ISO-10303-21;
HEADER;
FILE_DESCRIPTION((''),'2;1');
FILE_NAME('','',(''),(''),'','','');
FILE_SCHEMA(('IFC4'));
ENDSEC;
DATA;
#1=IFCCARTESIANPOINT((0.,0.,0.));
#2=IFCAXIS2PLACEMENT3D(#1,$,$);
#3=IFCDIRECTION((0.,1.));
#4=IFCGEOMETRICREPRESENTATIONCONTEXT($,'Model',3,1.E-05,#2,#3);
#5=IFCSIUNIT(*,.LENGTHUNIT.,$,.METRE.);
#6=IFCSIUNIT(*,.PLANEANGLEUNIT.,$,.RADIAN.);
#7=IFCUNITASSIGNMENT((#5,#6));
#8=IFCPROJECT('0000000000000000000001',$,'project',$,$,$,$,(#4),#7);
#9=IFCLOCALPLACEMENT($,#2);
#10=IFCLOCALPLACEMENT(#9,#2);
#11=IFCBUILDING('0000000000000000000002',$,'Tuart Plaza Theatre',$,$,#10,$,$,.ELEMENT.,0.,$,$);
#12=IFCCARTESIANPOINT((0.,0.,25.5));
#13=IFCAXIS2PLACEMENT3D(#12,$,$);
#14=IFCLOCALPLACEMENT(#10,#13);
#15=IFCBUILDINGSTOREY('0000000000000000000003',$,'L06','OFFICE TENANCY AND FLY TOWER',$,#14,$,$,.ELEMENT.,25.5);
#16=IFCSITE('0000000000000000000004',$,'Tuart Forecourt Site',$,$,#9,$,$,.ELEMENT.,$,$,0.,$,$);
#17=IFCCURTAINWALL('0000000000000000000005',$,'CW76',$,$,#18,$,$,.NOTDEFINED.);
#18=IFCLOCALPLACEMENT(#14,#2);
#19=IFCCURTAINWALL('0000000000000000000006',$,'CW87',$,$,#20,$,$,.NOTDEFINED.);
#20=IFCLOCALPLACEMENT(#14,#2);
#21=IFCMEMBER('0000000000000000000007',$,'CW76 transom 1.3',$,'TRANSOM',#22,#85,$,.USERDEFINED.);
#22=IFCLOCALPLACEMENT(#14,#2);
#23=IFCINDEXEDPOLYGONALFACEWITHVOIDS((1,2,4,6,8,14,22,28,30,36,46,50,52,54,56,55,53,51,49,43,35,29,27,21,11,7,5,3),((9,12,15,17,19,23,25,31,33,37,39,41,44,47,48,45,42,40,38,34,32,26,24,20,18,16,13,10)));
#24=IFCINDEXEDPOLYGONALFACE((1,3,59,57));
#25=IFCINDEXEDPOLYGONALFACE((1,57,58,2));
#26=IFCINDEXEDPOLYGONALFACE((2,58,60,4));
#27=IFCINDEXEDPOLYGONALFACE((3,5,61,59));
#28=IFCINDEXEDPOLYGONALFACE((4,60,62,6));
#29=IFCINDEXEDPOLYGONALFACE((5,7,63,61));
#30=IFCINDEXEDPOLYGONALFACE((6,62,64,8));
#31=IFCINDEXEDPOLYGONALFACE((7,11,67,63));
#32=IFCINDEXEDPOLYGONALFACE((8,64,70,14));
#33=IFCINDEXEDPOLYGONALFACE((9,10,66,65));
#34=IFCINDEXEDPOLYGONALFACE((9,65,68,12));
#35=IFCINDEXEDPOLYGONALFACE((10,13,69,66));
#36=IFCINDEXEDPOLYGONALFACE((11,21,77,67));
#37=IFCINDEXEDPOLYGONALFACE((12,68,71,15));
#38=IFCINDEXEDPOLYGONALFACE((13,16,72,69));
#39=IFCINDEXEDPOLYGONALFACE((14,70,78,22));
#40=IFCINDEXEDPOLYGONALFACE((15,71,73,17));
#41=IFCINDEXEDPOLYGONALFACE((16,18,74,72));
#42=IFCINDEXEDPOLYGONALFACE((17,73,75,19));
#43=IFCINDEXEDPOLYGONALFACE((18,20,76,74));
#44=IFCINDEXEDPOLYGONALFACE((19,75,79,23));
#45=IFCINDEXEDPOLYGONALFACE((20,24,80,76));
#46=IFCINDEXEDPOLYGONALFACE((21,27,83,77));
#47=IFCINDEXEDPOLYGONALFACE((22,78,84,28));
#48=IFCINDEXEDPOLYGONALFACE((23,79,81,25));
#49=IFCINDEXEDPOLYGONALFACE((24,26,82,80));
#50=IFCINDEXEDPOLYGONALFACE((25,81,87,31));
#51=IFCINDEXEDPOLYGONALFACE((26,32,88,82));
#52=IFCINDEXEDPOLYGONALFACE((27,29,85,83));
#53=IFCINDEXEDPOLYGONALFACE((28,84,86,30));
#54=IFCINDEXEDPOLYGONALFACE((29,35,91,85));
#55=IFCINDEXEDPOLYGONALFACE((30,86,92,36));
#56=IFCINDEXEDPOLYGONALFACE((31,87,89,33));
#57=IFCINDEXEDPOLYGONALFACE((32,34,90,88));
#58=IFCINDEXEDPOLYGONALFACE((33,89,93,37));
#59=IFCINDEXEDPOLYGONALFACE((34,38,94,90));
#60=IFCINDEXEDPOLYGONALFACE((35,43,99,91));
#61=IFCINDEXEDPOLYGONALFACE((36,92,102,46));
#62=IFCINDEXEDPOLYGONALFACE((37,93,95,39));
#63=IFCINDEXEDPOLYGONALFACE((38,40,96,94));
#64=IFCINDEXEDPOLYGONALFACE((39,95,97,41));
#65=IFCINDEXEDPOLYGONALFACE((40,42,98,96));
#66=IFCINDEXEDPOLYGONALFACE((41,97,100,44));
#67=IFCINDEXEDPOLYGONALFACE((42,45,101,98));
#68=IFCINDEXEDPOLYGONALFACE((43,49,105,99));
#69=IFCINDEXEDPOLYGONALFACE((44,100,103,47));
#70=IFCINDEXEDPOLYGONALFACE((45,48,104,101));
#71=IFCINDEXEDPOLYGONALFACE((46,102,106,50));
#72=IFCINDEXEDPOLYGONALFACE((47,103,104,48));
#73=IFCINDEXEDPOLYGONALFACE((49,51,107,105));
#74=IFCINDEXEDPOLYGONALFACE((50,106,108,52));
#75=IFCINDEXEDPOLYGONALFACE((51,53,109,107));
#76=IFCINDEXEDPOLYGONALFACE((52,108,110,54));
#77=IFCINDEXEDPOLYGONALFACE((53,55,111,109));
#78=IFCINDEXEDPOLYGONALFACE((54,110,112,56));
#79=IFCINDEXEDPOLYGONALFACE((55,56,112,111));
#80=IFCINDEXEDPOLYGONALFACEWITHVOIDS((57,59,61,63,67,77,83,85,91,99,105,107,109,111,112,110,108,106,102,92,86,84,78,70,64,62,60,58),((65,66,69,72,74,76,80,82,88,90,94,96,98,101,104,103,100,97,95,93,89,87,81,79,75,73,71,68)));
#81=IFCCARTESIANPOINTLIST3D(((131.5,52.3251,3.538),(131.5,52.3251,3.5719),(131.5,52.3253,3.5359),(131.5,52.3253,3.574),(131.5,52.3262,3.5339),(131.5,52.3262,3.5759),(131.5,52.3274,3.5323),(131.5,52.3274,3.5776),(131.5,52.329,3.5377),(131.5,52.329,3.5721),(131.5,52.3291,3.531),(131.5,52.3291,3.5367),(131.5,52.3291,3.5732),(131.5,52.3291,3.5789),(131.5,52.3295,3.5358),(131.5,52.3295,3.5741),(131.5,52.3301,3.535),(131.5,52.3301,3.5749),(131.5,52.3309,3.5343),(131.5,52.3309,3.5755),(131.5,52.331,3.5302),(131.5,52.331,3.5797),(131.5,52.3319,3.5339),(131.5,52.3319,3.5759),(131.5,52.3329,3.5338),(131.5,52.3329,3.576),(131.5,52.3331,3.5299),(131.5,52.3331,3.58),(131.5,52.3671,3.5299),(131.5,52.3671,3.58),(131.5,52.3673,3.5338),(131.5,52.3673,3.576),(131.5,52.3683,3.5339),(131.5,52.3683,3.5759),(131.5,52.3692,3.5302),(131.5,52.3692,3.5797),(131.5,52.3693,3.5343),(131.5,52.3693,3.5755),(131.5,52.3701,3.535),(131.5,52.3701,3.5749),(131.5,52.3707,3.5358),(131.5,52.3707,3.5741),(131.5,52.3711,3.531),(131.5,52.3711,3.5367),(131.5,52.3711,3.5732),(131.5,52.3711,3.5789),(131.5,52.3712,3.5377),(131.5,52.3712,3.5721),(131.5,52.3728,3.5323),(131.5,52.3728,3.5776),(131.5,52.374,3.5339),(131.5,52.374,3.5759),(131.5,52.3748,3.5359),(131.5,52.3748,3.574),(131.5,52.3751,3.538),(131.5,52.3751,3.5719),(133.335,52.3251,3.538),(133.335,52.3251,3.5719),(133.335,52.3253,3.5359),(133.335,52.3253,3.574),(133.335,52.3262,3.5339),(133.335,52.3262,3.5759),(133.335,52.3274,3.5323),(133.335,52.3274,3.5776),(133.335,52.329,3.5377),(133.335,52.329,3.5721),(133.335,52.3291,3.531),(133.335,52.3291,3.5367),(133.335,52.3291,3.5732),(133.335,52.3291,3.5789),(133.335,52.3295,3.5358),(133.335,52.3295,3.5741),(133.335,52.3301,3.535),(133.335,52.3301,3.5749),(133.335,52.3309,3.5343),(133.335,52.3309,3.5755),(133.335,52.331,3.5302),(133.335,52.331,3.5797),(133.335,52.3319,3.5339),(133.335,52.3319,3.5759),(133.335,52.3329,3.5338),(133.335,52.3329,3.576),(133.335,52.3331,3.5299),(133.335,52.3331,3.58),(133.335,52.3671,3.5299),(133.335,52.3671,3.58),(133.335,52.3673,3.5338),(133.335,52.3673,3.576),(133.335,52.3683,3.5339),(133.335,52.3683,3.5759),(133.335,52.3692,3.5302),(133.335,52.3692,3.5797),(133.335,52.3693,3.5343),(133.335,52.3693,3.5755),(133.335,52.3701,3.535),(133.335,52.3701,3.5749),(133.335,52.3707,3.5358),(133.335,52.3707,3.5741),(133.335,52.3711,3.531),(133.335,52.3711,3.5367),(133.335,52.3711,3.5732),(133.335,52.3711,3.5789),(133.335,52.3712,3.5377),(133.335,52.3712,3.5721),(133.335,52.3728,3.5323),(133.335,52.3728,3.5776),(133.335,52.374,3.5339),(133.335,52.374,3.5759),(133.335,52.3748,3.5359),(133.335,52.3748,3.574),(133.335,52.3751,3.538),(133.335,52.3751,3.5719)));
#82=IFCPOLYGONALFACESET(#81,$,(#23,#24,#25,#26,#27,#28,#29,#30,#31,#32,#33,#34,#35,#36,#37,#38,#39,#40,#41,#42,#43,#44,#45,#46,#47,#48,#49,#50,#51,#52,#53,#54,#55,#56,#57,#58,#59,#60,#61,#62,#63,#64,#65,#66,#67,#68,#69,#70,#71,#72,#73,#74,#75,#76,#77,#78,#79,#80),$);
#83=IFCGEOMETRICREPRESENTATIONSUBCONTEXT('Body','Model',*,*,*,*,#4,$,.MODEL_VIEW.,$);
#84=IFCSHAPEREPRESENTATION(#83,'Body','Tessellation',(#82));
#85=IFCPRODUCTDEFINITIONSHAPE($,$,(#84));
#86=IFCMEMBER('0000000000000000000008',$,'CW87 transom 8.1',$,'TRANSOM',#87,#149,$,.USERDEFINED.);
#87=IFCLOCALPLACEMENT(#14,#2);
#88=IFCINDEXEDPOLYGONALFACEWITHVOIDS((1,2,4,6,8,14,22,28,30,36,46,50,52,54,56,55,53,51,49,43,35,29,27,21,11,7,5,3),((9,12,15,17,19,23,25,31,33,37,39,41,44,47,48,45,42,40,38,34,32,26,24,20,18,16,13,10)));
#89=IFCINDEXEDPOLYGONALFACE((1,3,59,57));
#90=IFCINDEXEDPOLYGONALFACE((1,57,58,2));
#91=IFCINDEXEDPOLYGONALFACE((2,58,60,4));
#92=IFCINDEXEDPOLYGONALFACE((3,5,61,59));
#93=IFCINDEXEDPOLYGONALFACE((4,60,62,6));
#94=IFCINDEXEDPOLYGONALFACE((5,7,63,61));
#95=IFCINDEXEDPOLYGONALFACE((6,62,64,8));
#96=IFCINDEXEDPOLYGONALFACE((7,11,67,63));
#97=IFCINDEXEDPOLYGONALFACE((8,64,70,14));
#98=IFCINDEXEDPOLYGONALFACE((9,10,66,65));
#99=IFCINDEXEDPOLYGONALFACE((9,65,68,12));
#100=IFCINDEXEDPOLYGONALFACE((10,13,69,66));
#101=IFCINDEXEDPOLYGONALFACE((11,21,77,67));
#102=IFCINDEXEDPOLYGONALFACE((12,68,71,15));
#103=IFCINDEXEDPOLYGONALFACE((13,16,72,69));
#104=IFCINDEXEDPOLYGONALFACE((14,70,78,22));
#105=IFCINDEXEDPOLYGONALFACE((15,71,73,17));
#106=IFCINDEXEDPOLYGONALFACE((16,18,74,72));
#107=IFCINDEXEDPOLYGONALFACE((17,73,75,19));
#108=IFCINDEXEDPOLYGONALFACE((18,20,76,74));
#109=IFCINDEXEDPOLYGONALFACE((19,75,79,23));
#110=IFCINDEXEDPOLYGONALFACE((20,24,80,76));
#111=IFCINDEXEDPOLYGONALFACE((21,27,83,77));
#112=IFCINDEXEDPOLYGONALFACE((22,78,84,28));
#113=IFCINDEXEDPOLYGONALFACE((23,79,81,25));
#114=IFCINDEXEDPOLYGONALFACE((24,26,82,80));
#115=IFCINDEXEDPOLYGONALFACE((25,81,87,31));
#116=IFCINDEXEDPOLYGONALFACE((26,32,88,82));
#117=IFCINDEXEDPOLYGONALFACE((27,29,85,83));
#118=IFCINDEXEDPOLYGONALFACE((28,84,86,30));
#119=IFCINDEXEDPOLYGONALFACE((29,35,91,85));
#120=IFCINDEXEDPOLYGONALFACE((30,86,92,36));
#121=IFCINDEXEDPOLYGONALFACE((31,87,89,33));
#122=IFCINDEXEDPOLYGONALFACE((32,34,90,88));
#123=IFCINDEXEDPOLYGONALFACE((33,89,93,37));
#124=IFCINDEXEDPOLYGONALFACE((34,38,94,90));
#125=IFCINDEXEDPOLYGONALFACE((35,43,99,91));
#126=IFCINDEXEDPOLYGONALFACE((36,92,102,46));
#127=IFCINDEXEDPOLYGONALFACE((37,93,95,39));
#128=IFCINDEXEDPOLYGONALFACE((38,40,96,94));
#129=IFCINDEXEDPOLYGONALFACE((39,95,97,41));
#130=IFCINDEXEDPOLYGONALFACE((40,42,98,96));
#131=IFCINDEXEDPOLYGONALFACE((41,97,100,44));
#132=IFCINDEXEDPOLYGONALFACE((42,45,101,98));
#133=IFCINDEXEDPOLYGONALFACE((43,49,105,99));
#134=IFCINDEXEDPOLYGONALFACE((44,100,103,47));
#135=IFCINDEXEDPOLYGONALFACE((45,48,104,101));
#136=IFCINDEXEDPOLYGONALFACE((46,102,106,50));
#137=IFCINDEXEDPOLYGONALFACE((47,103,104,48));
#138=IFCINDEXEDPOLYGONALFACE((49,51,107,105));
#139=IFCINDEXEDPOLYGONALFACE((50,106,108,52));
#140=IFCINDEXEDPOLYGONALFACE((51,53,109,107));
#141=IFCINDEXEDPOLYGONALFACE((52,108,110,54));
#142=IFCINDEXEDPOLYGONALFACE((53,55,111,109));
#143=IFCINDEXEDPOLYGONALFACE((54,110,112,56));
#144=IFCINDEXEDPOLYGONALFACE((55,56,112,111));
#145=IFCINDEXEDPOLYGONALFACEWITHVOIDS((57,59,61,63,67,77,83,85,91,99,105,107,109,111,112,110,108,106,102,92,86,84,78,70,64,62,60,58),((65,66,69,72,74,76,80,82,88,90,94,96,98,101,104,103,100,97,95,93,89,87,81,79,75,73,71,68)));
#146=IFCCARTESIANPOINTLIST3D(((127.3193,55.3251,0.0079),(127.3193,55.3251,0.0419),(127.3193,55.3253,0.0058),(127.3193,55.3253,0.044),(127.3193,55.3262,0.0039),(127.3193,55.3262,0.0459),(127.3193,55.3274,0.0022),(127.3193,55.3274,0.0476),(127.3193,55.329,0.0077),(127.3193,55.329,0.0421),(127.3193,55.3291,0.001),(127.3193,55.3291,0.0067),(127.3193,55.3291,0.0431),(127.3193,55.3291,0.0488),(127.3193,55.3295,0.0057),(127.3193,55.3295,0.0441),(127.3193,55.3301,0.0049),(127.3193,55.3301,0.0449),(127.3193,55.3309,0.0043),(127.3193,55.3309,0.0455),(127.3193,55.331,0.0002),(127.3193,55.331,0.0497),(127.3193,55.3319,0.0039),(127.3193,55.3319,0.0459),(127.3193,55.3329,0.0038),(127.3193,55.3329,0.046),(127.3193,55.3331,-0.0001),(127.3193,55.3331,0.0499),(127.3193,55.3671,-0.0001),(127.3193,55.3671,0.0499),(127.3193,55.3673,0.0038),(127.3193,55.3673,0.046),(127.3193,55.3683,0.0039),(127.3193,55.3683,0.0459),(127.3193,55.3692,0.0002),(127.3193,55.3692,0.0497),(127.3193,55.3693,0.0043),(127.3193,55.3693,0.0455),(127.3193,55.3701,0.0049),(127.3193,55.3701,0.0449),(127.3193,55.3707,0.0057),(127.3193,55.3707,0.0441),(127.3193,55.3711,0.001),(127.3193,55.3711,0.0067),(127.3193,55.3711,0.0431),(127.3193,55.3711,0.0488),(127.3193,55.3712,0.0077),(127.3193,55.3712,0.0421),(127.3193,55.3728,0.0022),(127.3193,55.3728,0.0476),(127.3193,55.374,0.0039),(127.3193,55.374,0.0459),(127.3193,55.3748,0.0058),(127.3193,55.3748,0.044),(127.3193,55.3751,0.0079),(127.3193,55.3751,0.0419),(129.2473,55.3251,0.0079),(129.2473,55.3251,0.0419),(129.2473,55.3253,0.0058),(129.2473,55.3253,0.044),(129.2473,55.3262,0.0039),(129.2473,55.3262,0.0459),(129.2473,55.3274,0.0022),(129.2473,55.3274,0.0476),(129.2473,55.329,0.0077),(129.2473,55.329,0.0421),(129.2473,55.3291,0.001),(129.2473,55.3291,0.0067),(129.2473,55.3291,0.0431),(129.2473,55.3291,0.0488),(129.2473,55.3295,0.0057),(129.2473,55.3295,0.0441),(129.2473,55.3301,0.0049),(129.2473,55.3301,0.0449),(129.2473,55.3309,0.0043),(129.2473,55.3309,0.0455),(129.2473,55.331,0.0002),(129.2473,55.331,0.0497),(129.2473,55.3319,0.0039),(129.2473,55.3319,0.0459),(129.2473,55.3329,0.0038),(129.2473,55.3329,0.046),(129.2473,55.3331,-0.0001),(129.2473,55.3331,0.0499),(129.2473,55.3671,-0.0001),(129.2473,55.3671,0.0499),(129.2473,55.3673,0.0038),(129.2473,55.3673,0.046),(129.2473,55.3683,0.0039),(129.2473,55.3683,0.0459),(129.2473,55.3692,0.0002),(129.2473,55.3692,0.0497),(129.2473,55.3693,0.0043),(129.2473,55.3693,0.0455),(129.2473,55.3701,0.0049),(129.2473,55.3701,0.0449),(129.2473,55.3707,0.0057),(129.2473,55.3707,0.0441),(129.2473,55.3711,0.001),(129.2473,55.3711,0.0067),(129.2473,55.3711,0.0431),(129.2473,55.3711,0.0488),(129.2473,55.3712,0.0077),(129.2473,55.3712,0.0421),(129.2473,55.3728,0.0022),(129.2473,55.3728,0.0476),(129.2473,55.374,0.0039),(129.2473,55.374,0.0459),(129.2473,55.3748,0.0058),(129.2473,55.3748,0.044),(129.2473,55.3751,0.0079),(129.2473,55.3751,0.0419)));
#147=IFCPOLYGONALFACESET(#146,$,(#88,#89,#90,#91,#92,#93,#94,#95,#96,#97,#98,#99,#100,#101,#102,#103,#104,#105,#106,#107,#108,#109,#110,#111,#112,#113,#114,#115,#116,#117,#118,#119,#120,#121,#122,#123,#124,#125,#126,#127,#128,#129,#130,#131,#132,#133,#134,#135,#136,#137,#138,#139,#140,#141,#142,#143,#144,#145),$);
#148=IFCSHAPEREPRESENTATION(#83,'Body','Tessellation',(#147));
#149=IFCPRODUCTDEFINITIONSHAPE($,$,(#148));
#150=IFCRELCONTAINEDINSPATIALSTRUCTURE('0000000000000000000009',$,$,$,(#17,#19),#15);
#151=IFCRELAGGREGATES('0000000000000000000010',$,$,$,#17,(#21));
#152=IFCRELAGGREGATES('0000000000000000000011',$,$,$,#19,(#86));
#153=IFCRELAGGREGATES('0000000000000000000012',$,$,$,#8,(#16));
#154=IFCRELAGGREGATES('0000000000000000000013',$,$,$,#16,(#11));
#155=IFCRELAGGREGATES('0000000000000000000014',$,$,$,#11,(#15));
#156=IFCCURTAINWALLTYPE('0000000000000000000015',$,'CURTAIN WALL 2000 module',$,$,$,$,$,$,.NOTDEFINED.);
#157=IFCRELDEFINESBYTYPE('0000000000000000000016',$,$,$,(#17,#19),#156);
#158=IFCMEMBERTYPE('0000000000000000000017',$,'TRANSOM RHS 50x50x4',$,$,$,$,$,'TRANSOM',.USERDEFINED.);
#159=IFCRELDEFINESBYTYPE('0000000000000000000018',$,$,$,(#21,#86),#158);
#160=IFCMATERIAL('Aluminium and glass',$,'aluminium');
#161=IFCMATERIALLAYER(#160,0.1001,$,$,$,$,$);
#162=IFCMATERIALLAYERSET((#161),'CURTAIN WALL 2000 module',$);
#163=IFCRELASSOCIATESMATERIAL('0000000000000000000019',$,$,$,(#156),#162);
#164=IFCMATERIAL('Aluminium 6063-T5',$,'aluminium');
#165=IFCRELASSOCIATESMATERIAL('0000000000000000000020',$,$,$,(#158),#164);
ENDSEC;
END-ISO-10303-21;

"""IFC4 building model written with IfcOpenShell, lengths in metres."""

from ifc_helpers import new_model, si_unit, direction, frame, origin, origin_2d, place, context, subcontext, project, spatial, hollow_rectangle, extrude, material, layer, layer_set, material_profile, profile_set, type_object, element, aggregate, save


model = new_model("IFC4")

# Units and contexts
model_context = context("Model", 3, precision=1e-05, world=origin(), true_north=direction((0.0, 1.0)))
body_context = subcontext(model_context, "Body", "Model", "MODEL_VIEW")
ifc_project = project(units=[si_unit("LENGTHUNIT", "METRE"), si_unit("PLANEANGLEUNIT", "RADIAN")], contexts=[model_context])

# Site, building, storey
site_placement = place(None, origin())
site = spatial("IfcSite", under=ifc_project, at=site_placement, Name="Tuart Forecourt Site", CompositionType="ELEMENT", RefElevation=0.0)
building_placement = place(site_placement, origin())
building = spatial("IfcBuilding", under=site, at=building_placement, Name="Tuart Plaza Theatre", CompositionType="ELEMENT", ElevationOfRefHeight=0.0)
storey_placement = place(building_placement, frame((0.0, 0.0, 25.5)))
storey = spatial("IfcBuildingStorey", under=building, at=storey_placement, Name="L06", Description="OFFICE TENANCY AND FLY TOWER", CompositionType="ELEMENT", Elevation=25.5)

# Shared definitions
ifc_material_1 = material(Name="Aluminium and glass", Category="aluminium")
ifc_layer_1 = layer(ifc_material_1, 0.1001)
ifc_layer_set_1 = layer_set([ifc_layer_1], Name="CURTAIN WALL 2000 module")
curtain_wall_type = type_object("IfcCurtainWallType", Name="CURTAIN WALL 2000 module", PredefinedType="NOTDEFINED", material=ifc_layer_set_1)

# Curtain wall
curtain_wall_1_placement = place(storey_placement, origin())
curtain_wall_1 = element("IfcCurtainWall", 1, at=curtain_wall_1_placement, inside=storey, type_object=curtain_wall_type, Name="CW76", PredefinedType="NOTDEFINED")

# Curtain wall
curtain_wall_2_placement = place(storey_placement, origin())
curtain_wall_2 = element("IfcCurtainWall", 2, at=curtain_wall_2_placement, inside=storey, type_object=curtain_wall_type, Name="CW87", PredefinedType="NOTDEFINED")

# Members
ifc_material_2 = material(Name="Aluminium 6063-T5", Category="aluminium")
ifc_material_profile_1 = material_profile(ifc_material_2, hollow_rectangle(XDim=0.05, YDim=0.05, WallThickness=0.0039, InnerFilletRadius=0.0039, OuterFilletRadius=0.0081, at=origin_2d()), Name="RHS 50x50x4")
ifc_profile_set_1 = profile_set([ifc_material_profile_1], Name="Aluminium 6063-T5")
member_type_1 = type_object("IfcMemberType", Name="TRANSOM RHS 50x50x4", ElementType="TRANSOM", PredefinedType="USERDEFINED", material=ifc_profile_set_1)
member_1_placement = place(storey_placement, frame((131.5, 52.3501, 3.5549), z_axis=(1.0, 0.0, 0.0), x_axis=(0.0, 1.0, 0.0)))
member_1 = element("IfcMember", 3, at=member_1_placement, type_object=member_type_1, Name="CW76 transom 1.3", ObjectType="TRANSOM", PredefinedType="USERDEFINED", context=body_context, shape_type="SweptSolid", body=[
    extrude(hollow_rectangle(XDim=0.05, YDim=0.05, WallThickness=0.0039, InnerFilletRadius=0.0039, OuterFilletRadius=0.0081, at=origin_2d()), origin(), (0.0, 0.0, 1.0), 1.835),
])
aggregate(curtain_wall_1, [member_1])
member_2_placement = place(storey_placement, frame((127.3193, 55.3501, 0.0249), z_axis=(1.0, 0.0, 0.0), x_axis=(0.0, 1.0, 0.0)))
member_2 = element("IfcMember", 4, at=member_2_placement, type_object=member_type_1, Name="CW87 transom 8.1", ObjectType="TRANSOM", PredefinedType="USERDEFINED", context=body_context, shape_type="SweptSolid", body=[
    extrude(hollow_rectangle(XDim=0.05, YDim=0.05, WallThickness=0.0039, InnerFilletRadius=0.0039, OuterFilletRadius=0.0081, at=origin_2d()), origin(), (0.0, 0.0, 1.0), 1.928),
])

aggregate(curtain_wall_2, [member_2])

save(model, "model.ifc")
